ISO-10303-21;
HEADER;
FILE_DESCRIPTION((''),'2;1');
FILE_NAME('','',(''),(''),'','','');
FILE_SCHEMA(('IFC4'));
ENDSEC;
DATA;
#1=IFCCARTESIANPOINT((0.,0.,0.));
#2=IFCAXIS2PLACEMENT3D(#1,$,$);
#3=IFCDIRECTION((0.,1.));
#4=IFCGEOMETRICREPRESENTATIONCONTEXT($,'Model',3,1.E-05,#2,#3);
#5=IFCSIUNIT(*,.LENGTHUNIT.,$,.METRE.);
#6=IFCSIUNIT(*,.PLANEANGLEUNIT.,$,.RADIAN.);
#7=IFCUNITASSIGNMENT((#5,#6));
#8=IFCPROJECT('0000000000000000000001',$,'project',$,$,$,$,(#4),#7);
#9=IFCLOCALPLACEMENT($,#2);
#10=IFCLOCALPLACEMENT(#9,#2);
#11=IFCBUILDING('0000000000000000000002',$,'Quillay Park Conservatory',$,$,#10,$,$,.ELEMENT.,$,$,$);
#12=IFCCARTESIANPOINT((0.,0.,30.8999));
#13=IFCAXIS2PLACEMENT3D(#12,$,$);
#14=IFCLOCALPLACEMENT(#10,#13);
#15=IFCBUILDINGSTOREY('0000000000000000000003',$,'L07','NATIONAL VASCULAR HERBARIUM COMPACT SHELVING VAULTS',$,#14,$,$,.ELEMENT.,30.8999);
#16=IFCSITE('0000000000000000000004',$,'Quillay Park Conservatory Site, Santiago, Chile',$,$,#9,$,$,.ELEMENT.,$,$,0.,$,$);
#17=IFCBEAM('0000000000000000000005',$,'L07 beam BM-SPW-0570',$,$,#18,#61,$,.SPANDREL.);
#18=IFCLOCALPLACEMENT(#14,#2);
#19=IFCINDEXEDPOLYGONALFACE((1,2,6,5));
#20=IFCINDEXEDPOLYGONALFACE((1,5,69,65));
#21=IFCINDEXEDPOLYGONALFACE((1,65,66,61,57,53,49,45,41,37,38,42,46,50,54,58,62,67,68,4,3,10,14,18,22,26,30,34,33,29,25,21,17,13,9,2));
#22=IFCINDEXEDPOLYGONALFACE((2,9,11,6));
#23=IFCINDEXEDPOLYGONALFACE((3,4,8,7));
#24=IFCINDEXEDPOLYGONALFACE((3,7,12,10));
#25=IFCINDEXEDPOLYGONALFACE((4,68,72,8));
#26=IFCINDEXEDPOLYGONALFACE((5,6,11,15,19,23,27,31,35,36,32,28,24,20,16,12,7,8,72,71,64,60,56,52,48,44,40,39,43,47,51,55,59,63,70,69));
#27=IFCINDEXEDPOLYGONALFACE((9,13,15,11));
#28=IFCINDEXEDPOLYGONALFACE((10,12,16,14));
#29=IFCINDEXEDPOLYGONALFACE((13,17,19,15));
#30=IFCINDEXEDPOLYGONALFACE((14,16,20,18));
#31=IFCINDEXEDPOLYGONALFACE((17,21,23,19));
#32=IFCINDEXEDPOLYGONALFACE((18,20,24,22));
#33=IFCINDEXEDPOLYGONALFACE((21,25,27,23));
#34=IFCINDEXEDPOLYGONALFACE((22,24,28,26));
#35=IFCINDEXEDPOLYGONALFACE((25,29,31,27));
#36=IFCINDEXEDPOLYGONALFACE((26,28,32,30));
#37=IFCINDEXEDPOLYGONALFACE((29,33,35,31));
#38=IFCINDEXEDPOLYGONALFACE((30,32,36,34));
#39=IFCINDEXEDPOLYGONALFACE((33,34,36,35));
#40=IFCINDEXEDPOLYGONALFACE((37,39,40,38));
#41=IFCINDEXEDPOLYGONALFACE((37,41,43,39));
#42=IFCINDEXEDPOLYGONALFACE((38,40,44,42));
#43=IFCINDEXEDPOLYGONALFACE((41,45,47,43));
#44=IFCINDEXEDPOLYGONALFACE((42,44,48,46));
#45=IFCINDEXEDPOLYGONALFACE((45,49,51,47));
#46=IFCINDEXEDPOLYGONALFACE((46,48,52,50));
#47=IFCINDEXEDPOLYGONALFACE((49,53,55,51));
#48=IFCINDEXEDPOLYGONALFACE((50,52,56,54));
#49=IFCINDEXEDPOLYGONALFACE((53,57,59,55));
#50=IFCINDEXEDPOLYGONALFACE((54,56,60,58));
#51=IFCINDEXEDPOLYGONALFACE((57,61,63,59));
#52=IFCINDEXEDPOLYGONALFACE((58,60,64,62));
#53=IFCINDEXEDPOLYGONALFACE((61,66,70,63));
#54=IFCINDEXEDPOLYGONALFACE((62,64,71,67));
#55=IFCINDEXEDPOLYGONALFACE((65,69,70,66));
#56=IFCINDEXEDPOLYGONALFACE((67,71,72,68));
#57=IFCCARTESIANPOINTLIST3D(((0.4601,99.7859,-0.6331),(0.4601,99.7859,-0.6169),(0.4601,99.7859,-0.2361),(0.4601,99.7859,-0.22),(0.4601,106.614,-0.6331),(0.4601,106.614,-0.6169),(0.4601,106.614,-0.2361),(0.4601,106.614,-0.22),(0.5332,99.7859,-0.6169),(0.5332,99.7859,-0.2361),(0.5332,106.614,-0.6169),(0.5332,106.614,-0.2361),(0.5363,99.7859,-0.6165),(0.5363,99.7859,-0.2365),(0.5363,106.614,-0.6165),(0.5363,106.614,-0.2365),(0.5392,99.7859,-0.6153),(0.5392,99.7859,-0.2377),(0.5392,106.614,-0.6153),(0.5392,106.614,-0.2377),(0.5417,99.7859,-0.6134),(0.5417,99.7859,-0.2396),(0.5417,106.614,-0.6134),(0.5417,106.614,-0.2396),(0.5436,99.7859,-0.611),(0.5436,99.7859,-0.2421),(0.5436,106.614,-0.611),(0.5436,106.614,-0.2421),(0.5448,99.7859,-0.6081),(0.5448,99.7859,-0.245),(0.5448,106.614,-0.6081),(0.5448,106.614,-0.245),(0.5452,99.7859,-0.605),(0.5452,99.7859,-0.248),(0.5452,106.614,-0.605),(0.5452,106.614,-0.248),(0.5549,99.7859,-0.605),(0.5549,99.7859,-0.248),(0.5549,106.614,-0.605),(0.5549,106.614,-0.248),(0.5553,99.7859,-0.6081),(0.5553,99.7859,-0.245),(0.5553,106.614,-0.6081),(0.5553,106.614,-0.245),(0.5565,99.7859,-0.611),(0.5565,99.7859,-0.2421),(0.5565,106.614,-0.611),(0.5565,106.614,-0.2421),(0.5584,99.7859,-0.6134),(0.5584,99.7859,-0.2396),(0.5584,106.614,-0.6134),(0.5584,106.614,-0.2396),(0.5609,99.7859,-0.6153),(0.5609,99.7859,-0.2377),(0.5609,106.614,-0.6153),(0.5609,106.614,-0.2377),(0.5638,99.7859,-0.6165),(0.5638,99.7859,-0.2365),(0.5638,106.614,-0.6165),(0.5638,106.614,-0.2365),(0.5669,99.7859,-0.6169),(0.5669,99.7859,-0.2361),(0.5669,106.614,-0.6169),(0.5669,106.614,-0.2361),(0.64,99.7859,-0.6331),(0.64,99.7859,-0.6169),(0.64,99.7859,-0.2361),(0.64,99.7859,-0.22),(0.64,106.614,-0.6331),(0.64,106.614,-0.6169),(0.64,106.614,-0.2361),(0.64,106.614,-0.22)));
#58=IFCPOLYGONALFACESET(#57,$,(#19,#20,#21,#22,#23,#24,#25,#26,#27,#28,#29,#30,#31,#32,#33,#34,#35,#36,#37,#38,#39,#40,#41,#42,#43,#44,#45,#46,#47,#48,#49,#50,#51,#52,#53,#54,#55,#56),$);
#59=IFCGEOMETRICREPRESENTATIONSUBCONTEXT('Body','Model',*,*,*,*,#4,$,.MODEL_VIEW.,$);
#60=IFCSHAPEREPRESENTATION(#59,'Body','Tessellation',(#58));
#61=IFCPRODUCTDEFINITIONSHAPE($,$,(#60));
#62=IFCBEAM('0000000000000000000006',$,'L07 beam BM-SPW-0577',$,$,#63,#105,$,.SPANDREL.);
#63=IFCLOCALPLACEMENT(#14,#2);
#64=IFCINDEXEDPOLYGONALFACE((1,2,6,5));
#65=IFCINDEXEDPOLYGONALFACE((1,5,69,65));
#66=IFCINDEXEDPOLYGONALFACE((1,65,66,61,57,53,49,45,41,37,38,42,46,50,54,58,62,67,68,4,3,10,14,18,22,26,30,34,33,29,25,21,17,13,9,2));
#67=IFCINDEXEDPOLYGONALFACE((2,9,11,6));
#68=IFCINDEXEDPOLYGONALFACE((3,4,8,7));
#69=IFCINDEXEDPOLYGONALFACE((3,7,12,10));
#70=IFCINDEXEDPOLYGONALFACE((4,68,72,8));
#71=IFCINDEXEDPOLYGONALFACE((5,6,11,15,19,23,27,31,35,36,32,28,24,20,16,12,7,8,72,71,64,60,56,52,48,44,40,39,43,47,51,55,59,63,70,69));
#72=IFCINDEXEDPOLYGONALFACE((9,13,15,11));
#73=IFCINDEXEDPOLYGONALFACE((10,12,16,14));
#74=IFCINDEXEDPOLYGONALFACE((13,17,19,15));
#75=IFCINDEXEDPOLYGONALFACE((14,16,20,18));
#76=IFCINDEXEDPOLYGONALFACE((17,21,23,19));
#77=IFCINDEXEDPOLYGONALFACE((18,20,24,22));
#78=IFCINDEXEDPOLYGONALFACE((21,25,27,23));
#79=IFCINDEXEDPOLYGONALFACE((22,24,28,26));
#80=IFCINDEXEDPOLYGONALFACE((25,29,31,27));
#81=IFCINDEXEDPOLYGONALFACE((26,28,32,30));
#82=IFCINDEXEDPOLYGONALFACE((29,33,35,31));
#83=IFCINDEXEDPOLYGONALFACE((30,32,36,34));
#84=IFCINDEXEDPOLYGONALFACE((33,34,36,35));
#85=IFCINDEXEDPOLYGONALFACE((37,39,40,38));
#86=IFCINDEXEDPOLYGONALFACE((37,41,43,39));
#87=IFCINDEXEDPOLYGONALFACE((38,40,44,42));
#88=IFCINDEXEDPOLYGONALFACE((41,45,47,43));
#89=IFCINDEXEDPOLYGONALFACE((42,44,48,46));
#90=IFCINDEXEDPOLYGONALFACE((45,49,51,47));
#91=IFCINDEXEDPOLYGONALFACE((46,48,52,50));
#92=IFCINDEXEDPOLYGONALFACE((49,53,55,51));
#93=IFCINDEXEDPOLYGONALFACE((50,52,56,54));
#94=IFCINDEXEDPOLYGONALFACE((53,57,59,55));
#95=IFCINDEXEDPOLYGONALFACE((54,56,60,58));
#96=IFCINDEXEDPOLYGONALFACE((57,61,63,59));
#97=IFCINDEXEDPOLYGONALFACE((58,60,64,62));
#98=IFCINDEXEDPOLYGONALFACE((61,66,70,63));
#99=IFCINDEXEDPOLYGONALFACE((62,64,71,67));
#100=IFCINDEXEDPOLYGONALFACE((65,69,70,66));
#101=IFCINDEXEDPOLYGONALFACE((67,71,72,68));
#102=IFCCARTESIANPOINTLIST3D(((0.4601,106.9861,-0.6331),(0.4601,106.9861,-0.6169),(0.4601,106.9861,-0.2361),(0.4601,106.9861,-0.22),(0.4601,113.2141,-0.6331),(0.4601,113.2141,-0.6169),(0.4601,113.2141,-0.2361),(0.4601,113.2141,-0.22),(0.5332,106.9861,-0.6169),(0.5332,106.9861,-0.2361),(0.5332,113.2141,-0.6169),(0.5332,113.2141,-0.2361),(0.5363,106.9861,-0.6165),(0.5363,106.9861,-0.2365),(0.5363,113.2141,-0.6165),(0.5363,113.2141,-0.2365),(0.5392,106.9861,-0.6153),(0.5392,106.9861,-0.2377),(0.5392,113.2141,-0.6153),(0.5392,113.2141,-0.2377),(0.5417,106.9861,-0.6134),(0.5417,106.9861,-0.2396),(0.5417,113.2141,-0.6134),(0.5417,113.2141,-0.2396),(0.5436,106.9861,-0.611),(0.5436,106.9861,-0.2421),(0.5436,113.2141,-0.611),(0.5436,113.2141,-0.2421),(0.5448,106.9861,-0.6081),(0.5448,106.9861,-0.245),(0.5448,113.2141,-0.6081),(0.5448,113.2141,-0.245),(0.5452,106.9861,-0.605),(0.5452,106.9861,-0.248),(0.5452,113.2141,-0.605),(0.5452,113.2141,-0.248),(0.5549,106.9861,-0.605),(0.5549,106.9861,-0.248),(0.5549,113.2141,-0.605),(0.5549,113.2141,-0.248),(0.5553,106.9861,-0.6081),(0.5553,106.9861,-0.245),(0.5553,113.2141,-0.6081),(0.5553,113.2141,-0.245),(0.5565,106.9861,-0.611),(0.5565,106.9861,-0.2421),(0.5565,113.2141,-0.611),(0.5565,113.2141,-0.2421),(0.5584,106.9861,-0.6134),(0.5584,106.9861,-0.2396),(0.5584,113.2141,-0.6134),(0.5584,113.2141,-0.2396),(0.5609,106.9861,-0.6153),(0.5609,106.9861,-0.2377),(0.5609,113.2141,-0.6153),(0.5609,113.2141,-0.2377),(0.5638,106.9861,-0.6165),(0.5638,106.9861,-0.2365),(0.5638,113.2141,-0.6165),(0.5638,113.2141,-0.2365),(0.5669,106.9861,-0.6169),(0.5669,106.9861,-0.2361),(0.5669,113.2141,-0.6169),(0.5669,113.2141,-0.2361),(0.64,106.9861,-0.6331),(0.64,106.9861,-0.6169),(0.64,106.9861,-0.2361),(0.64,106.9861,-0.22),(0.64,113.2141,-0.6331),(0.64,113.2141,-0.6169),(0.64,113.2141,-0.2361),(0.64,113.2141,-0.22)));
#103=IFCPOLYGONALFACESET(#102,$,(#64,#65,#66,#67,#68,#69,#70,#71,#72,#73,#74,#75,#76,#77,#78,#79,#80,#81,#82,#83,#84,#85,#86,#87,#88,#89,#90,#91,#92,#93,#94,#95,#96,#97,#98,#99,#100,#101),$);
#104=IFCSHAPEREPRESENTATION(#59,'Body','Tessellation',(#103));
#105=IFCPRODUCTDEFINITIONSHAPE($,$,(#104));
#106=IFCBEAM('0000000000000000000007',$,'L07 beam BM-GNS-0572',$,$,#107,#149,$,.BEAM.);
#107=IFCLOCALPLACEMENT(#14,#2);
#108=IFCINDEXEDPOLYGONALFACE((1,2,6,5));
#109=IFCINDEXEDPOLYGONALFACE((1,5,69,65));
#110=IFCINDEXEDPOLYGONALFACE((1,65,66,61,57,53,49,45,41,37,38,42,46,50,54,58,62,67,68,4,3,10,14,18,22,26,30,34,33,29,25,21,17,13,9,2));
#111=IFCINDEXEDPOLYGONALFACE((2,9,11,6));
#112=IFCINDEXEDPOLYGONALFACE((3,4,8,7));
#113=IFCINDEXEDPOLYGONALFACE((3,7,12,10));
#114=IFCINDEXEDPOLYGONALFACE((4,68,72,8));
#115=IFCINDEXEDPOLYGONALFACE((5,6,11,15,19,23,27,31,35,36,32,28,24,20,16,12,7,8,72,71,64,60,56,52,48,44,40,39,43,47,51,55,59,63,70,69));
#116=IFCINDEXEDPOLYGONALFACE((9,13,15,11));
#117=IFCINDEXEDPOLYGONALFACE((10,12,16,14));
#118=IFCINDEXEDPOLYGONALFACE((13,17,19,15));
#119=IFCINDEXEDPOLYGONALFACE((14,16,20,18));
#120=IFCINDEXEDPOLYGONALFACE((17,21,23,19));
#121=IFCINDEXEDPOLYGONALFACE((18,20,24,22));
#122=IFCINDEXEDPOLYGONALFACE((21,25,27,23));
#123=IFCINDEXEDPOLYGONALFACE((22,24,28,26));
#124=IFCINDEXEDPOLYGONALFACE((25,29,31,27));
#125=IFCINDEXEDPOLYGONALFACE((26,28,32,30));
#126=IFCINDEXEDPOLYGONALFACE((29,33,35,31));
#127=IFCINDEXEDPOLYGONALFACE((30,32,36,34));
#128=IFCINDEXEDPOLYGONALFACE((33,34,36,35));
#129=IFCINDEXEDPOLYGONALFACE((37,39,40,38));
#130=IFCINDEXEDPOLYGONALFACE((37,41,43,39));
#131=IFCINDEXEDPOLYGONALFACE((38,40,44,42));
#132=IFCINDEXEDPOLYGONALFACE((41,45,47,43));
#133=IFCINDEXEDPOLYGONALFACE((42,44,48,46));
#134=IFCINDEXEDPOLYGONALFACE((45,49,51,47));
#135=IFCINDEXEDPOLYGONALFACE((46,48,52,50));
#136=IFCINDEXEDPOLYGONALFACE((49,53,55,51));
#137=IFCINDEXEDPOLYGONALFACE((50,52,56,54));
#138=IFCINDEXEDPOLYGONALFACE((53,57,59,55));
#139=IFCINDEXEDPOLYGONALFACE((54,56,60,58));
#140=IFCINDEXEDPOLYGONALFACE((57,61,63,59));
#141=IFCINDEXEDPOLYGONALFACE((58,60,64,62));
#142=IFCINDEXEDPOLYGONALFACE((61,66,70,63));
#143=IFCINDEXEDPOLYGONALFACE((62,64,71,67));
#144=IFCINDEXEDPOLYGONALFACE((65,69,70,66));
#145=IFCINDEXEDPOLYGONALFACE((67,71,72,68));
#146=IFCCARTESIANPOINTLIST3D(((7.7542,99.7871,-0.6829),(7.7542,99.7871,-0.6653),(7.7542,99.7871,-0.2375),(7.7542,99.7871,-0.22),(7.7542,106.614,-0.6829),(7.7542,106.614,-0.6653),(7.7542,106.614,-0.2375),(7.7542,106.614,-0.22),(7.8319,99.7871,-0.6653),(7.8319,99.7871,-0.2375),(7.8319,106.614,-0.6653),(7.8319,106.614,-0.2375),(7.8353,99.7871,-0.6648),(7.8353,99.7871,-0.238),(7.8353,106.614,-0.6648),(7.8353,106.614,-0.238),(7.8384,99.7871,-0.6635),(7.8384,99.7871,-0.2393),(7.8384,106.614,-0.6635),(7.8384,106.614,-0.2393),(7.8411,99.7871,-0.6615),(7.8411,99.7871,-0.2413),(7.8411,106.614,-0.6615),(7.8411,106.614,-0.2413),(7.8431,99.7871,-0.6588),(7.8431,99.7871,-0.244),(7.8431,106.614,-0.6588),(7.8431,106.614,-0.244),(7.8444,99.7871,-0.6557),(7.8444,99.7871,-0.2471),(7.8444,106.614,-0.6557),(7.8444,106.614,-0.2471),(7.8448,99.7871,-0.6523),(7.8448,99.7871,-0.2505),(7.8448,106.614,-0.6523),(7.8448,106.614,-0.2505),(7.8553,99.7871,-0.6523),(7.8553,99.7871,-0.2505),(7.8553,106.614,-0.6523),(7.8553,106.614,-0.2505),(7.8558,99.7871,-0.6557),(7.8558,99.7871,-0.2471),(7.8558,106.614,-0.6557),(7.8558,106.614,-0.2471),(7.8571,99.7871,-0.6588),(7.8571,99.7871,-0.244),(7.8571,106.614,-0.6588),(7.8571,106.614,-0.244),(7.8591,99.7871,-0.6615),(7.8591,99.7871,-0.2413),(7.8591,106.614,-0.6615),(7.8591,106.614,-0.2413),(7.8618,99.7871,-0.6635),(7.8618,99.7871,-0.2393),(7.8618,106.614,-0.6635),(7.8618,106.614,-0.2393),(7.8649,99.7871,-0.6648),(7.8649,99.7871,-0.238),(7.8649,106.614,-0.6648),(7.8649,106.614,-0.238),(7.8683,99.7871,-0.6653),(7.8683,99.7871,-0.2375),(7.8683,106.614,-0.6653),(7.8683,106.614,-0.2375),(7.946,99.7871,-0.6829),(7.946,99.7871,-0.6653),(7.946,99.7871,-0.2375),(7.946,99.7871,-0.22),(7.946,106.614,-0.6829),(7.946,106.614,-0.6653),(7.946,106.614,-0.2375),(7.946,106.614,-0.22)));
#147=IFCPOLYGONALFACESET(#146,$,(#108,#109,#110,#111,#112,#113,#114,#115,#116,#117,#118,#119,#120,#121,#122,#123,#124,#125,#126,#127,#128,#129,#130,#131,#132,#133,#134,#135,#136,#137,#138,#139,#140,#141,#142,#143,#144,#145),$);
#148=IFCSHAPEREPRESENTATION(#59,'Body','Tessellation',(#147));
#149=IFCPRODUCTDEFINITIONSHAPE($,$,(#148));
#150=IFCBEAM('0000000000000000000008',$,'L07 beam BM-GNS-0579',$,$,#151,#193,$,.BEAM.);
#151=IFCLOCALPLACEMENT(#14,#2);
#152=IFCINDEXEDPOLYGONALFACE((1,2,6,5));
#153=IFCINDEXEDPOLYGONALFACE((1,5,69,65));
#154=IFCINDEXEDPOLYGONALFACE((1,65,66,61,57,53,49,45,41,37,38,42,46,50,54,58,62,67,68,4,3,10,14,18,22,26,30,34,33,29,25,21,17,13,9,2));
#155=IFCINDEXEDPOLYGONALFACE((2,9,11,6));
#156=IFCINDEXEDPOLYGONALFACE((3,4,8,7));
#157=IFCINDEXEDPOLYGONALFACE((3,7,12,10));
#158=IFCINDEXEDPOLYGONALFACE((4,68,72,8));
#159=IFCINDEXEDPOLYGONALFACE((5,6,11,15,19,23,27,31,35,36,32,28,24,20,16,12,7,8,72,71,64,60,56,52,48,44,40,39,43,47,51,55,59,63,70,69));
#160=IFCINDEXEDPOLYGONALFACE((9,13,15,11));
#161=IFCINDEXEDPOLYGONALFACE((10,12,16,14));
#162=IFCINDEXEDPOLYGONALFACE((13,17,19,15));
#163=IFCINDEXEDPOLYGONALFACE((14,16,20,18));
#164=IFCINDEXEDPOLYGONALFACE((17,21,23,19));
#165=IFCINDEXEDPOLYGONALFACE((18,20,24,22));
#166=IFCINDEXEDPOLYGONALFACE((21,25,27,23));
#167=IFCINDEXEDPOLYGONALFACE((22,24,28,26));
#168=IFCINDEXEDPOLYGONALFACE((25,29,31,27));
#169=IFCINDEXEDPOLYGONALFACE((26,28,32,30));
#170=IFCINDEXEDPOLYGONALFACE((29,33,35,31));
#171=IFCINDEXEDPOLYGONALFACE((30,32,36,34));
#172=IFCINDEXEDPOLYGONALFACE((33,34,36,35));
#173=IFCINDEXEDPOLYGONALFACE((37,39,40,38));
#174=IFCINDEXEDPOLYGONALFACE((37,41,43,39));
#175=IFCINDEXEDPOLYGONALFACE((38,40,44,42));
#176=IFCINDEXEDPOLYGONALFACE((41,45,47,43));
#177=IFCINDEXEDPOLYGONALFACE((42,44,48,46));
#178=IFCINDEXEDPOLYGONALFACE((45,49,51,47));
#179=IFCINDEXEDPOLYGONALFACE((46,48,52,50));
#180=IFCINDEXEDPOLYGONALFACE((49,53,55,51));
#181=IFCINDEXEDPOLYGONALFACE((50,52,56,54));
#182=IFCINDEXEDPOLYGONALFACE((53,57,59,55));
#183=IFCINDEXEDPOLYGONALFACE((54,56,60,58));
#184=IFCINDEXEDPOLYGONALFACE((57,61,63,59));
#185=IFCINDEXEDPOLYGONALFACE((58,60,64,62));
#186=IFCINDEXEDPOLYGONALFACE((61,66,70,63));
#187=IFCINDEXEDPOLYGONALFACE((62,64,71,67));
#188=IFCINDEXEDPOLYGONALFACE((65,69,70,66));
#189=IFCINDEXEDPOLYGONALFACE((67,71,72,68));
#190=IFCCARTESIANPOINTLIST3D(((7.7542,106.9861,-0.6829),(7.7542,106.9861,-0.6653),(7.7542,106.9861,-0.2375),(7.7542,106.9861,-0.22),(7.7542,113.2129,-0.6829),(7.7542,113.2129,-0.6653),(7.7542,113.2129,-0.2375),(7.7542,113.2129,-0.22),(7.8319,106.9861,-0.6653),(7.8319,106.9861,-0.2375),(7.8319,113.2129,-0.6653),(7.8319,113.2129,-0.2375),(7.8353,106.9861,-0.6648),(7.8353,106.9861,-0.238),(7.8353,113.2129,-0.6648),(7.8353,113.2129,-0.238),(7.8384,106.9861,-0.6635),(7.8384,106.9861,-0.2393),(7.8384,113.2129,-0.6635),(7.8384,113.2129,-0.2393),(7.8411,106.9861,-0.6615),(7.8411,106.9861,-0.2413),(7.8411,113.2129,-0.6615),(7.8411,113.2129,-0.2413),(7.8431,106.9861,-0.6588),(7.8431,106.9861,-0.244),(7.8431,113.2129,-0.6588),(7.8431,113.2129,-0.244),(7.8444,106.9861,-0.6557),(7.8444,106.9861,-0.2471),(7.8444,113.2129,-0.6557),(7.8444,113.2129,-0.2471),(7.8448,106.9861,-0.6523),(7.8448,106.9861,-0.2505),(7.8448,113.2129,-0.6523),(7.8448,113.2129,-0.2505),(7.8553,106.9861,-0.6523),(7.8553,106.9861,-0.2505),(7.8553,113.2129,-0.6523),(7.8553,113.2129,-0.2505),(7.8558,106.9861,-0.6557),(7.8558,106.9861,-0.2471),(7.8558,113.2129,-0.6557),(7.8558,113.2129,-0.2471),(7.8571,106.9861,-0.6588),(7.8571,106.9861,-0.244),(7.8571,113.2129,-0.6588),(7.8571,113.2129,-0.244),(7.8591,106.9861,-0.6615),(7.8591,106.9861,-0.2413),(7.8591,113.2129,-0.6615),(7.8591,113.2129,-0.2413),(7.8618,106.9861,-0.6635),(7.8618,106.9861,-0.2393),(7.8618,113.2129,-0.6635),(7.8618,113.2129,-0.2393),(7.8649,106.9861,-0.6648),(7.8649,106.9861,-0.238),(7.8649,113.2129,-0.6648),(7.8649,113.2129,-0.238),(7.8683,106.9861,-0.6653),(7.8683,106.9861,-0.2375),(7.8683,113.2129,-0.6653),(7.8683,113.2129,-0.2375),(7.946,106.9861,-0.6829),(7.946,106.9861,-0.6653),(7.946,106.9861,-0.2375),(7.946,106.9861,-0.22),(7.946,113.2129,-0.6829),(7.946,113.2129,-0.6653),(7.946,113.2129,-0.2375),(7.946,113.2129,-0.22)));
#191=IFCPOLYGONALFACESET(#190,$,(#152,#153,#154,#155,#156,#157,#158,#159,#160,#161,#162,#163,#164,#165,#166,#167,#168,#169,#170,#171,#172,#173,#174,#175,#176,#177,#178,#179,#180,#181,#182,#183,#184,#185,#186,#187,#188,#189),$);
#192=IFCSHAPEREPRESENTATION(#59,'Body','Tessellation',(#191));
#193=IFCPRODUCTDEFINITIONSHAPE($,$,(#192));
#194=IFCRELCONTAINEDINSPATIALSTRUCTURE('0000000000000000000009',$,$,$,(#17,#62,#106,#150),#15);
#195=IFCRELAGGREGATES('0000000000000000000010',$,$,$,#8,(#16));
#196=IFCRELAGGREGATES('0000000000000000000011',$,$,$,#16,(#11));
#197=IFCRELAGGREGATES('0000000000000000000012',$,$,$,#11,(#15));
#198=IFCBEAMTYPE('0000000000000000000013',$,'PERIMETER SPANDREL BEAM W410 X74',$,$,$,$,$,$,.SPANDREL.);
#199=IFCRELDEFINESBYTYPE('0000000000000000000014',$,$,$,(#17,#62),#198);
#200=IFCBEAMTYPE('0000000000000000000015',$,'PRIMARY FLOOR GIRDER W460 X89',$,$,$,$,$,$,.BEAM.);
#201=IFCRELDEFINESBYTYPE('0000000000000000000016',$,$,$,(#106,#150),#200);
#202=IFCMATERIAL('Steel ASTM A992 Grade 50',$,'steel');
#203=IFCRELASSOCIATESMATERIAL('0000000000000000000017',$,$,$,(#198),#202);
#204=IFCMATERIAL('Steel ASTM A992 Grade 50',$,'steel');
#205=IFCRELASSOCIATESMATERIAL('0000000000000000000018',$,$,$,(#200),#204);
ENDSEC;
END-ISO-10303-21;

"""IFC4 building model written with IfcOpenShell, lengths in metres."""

from ifc_helpers import new_model, si_unit, direction, frame, origin, origin_2d, place, context, subcontext, project, spatial, i_section, extrude, material, material_profile, profile_set, type_object, element, save


model = new_model("IFC4")

# Units and contexts
model_context = context("Model", 3, precision=1e-05, world=origin(), true_north=direction((0.0, 1.0)))
body_context = subcontext(model_context, "Body", "Model", "MODEL_VIEW")
ifc_project = project(units=[si_unit("LENGTHUNIT", "METRE"), si_unit("PLANEANGLEUNIT", "RADIAN")], contexts=[model_context])

# Site, building, storey
site_placement = place(None, origin())
site = spatial("IfcSite", under=ifc_project, at=site_placement, Name="Quillay Park Conservatory Site, Santiago, Chile", CompositionType="ELEMENT", RefElevation=0.0)
building_placement = place(site_placement, origin())
building = spatial("IfcBuilding", under=site, at=building_placement, Name="Quillay Park Conservatory", CompositionType="ELEMENT")
storey_placement = place(building_placement, frame((0.0, 0.0, 30.8999)))
storey = spatial("IfcBuildingStorey", under=building, at=storey_placement, Name="L07", Description="NATIONAL VASCULAR HERBARIUM COMPACT SHELVING VAULTS", CompositionType="ELEMENT", Elevation=30.8999)

# Beams
ifc_material_1 = material(Name="Steel ASTM A992 Grade 50", Category="steel")
ifc_material_profile_1 = material_profile(ifc_material_1, i_section(OverallWidth=0.1799, OverallDepth=0.4131, WebThickness=0.0098, FlangeThickness=0.0161, FilletRadius=0.012, at=origin_2d()), Name="W410x74")
ifc_profile_set_1 = profile_set([ifc_material_profile_1], Name="Steel ASTM A992 Grade 50")
beam_type_1 = type_object("IfcBeamType", Name="PERIMETER SPANDREL BEAM W410 X74", PredefinedType="SPANDREL", material=ifc_profile_set_1)
beam_1_placement = place(storey_placement, frame((0.55, 99.7859, -0.4265), z_axis=(0.0, 1.0, 0.0), x_axis=(-1.0, 0.0, 0.0)))
element("IfcBeam", 1, at=beam_1_placement, inside=storey, type_object=beam_type_1, Name="L07 beam BM-SPW-0570", PredefinedType="SPANDREL", context=body_context, shape_type="SweptSolid", body=[
    extrude(i_section(OverallWidth=0.1799, OverallDepth=0.4131, WebThickness=0.0098, FlangeThickness=0.0161, FilletRadius=0.012, at=origin_2d()), origin(), (0.0, 0.0, 1.0), 6.8281),
])
beam_2_placement = place(storey_placement, frame((0.55, 106.9861, -0.4265), z_axis=(0.0, 1.0, 0.0), x_axis=(-1.0, 0.0, 0.0)))
element("IfcBeam", 2, at=beam_2_placement, inside=storey, type_object=beam_type_1, Name="L07 beam BM-SPW-0577", PredefinedType="SPANDREL", context=body_context, shape_type="SweptSolid", body=[
    extrude(i_section(OverallWidth=0.1799, OverallDepth=0.4131, WebThickness=0.0098, FlangeThickness=0.0161, FilletRadius=0.012, at=origin_2d()), origin(), (0.0, 0.0, 1.0), 6.228),
])
ifc_material_2 = material(Name="Steel ASTM A992 Grade 50", Category="steel")
ifc_material_profile_2 = material_profile(ifc_material_2, i_section(OverallWidth=0.1919, OverallDepth=0.4629, WebThickness=0.0105, FlangeThickness=0.0176, FilletRadius=0.0129, at=origin_2d()), Name="W460x89")
ifc_profile_set_2 = profile_set([ifc_material_profile_2], Name="Steel ASTM A992 Grade 50")
beam_type_2 = type_object("IfcBeamType", Name="PRIMARY FLOOR GIRDER W460 X89", PredefinedType="BEAM", material=ifc_profile_set_2)
beam_3_placement = place(storey_placement, frame((7.8501, 99.7871, -0.4514), z_axis=(0.0, 1.0, 0.0), x_axis=(-1.0, 0.0, 0.0)))
element("IfcBeam", 3, at=beam_3_placement, inside=storey, type_object=beam_type_2, Name="L07 beam BM-GNS-0572", PredefinedType="BEAM", context=body_context, shape_type="SweptSolid", body=[
    extrude(i_section(OverallWidth=0.1919, OverallDepth=0.4629, WebThickness=0.0105, FlangeThickness=0.0176, FilletRadius=0.0129, at=origin_2d()), origin(), (0.0, 0.0, 1.0), 6.8269),
])
beam_4_placement = place(storey_placement, frame((7.8501, 106.9861, -0.4514), z_axis=(0.0, 1.0, 0.0), x_axis=(-1.0, 0.0, 0.0)))
element("IfcBeam", 4, at=beam_4_placement, inside=storey, type_object=beam_type_2, Name="L07 beam BM-GNS-0579", PredefinedType="BEAM", context=body_context, shape_type="SweptSolid", body=[
    extrude(i_section(OverallWidth=0.1919, OverallDepth=0.4629, WebThickness=0.0105, FlangeThickness=0.0176, FilletRadius=0.0129, at=origin_2d()), origin(), (0.0, 0.0, 1.0), 6.2268),
])

save(model, "model.ifc")
